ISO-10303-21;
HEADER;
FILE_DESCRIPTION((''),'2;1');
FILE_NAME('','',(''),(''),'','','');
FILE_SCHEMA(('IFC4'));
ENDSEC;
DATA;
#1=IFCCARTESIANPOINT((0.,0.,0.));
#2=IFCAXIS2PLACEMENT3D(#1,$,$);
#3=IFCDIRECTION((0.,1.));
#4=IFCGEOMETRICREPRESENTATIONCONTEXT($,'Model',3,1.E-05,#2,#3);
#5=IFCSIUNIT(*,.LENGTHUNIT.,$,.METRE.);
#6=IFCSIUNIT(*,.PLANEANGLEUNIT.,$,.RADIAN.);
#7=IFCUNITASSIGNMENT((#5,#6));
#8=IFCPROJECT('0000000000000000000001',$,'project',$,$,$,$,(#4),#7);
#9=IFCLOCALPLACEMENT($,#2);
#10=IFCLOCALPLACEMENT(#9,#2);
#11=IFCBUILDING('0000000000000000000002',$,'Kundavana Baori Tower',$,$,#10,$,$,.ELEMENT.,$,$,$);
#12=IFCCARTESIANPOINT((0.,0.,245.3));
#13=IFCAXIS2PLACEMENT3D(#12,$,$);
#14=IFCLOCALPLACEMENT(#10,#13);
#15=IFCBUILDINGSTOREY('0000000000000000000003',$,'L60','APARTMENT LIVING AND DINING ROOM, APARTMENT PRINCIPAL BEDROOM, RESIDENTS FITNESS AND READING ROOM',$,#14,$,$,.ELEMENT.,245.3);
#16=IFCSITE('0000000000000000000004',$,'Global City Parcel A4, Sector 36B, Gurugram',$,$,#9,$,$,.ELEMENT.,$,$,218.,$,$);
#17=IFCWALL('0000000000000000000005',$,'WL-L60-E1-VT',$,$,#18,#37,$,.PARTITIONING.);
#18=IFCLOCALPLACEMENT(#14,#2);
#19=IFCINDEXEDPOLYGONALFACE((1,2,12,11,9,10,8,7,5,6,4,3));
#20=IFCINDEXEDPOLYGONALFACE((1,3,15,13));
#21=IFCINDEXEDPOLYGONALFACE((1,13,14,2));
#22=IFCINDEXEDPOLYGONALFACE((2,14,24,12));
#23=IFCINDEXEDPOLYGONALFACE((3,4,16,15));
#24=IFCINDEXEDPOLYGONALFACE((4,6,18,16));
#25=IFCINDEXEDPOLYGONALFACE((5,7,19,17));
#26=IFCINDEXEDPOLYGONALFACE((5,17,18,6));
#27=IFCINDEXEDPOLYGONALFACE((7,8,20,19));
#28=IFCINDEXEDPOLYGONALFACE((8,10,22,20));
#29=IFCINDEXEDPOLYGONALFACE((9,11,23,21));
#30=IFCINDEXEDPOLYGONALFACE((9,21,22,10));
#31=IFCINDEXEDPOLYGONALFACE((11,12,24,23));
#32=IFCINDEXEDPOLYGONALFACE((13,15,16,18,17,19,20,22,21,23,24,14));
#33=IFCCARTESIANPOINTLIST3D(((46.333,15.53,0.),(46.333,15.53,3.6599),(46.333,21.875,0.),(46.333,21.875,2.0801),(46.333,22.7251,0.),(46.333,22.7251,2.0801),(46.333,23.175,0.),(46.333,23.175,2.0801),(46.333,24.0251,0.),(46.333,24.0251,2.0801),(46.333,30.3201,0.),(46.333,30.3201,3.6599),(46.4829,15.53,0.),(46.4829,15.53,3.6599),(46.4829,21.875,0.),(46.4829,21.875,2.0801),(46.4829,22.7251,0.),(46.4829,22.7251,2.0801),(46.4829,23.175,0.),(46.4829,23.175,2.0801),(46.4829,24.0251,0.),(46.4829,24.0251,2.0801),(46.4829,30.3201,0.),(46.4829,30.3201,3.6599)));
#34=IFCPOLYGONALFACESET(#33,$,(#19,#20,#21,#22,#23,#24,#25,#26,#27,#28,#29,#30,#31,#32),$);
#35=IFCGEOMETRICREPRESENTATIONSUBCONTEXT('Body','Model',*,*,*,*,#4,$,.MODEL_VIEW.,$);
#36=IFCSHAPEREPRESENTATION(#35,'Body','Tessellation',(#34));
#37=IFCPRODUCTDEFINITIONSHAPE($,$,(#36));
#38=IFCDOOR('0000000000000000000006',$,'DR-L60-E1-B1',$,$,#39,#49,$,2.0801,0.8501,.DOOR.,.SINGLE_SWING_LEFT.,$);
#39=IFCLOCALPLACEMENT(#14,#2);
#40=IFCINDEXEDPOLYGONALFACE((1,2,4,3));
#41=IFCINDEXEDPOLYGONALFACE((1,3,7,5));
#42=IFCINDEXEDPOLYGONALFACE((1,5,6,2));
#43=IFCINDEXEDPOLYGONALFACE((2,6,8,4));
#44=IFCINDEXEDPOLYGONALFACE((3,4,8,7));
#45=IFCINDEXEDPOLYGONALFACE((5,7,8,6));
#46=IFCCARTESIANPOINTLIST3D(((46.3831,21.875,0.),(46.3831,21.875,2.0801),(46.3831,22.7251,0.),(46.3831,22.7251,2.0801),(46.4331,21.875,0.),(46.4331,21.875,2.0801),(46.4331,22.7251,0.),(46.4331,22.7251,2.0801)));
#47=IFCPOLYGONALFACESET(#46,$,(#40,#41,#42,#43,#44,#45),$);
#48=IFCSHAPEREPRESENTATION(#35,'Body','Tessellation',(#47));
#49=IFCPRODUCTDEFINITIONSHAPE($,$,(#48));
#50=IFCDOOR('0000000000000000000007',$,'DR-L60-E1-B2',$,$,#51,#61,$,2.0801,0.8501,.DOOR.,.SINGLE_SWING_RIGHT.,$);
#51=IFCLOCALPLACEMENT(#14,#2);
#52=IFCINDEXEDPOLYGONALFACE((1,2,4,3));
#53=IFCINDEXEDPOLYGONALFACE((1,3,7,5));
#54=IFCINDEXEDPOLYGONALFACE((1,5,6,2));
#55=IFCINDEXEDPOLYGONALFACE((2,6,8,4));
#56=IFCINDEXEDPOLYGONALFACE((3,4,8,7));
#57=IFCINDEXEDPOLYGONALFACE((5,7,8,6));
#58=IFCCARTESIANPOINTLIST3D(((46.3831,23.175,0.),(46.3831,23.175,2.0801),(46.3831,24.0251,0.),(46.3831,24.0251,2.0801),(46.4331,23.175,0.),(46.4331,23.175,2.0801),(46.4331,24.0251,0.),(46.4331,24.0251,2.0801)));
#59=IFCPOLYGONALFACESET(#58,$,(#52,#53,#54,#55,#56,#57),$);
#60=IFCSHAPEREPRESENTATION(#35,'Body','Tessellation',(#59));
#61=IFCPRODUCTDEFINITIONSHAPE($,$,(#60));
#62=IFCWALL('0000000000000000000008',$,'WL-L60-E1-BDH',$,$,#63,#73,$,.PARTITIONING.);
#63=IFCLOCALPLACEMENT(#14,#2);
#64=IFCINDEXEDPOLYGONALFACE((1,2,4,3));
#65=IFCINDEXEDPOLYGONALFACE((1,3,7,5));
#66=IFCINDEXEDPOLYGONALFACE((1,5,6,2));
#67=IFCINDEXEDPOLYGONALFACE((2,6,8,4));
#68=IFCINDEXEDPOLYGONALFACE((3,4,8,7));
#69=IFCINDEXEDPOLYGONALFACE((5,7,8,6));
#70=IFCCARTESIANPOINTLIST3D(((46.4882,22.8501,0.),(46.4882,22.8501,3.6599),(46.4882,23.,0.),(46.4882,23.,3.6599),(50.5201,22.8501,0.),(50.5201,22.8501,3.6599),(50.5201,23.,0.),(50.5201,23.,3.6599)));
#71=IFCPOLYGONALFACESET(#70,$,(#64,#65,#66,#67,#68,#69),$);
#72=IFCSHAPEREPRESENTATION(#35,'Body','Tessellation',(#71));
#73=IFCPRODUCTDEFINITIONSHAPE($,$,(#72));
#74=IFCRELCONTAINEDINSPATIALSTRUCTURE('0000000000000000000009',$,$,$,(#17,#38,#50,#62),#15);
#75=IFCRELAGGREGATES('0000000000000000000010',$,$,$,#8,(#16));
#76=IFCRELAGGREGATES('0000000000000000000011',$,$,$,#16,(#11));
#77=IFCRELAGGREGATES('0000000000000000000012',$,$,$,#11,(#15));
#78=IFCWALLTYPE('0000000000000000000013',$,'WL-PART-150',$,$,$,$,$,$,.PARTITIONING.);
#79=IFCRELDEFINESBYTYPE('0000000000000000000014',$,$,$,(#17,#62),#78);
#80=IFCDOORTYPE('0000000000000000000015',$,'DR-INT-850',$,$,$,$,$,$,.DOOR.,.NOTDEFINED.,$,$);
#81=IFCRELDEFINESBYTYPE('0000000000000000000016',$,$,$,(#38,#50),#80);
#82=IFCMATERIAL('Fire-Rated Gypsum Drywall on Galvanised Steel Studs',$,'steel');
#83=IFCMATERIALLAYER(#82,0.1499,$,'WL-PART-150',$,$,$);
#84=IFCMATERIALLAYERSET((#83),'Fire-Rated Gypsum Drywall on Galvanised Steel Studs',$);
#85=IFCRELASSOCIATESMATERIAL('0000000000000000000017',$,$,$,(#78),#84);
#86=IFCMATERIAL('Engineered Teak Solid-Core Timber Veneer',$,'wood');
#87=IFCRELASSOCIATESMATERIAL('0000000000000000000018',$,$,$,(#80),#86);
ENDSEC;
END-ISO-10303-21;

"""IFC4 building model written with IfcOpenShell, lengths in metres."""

from ifc_helpers import new_model, si_unit, direction, frame, frame_2d, origin, place, context, subcontext, project, spatial, rectangle, extrude, material, layer, layer_set, type_object, element, fill, save


model = new_model("IFC4")

# Units and contexts
model_context = context("Model", 3, precision=1e-05, world=origin(), true_north=direction((0.0, 1.0)))
body_context = subcontext(model_context, "Body", "Model", "MODEL_VIEW")
ifc_project = project(units=[si_unit("LENGTHUNIT", "METRE"), si_unit("PLANEANGLEUNIT", "RADIAN")], contexts=[model_context])

# Site, building, storey
site_placement = place(None, origin())
site = spatial("IfcSite", under=ifc_project, at=site_placement, Name="Global City Parcel A4, Sector 36B, Gurugram", CompositionType="ELEMENT", RefElevation=218.0)
building_placement = place(site_placement, origin())
building = spatial("IfcBuilding", under=site, at=building_placement, Name="Kundavana Baori Tower", CompositionType="ELEMENT")
storey_placement = place(building_placement, frame((0.0, 0.0, 245.3)))
storey = spatial("IfcBuildingStorey", under=building, at=storey_placement, Name="L60", Description="APARTMENT LIVING AND DINING ROOM, APARTMENT PRINCIPAL BEDROOM, RESIDENTS FITNESS AND READING ROOM", CompositionType="ELEMENT", Elevation=245.3)

# Wall, openings, doors
ifc_material_1 = material(Name="Fire-Rated Gypsum Drywall on Galvanised Steel Studs", Category="steel")
ifc_layer_1 = layer(ifc_material_1, 0.1499, Name="WL-PART-150")
ifc_layer_set_1 = layer_set([ifc_layer_1], Name="Fire-Rated Gypsum Drywall on Galvanised Steel Studs")
wall_type_1 = type_object("IfcWallType", Name="WL-PART-150", PredefinedType="PARTITIONING", material=ifc_layer_set_1)
wall_1_placement = place(storey_placement, frame((46.408, 15.53, 0.0), z_axis=(0.0, 0.0, 1.0), x_axis=(0.0, 1.0, 0.0)))
wall_1 = element("IfcWall", 1, at=wall_1_placement, inside=storey, type_object=wall_type_1, Name="WL-L60-E1-VT", PredefinedType="PARTITIONING", context=body_context, shape_type="SweptSolid", body=[
    extrude(rectangle(XDim=14.79, YDim=0.1499, at=frame_2d((7.395, 0.0))), origin(), (0.0, 0.0, 1.0), 3.6599),
])
opening_1_placement = place(wall_1_placement, frame((6.345, 0.0, 0.0)))
opening_1 = element("IfcOpeningElement", 2, at=opening_1_placement, cuts=wall_1, PredefinedType="OPENING", context=body_context, shape_type="SweptSolid", body=[
    extrude(rectangle(XDim=0.8501, YDim=2.0801, at=frame_2d((0.425, 1.04))), frame((0.0, 0.085, 0.0), z_axis=(0.0, -1.0, 0.0), x_axis=(1.0, 0.0, 0.0)), (0.0, 0.0, 1.0), 0.1699),
])
opening_2_placement = place(wall_1_placement, frame((7.645, 0.0, 0.0)))
opening_2 = element("IfcOpeningElement", 3, at=opening_2_placement, cuts=wall_1, PredefinedType="OPENING", context=body_context, shape_type="SweptSolid", body=[
    extrude(rectangle(XDim=0.8501, YDim=2.0801, at=frame_2d((0.425, 1.04))), frame((0.0, 0.085, 0.0), z_axis=(0.0, -1.0, 0.0), x_axis=(1.0, 0.0, 0.0)), (0.0, 0.0, 1.0), 0.1699),
])
ifc_material_2 = material(Name="Engineered Teak Solid-Core Timber Veneer", Category="wood")
door_type_1 = type_object("IfcDoorType", Name="DR-INT-850", OperationType="NOTDEFINED", PredefinedType="DOOR", material=ifc_material_2)
door_1_placement = place(opening_1_placement, origin())
door_1 = element("IfcDoor", 4, at=door_1_placement, inside=storey, type_object=door_type_1, Name="DR-L60-E1-B1", OperationType="SINGLE_SWING_LEFT", OverallHeight=2.0801, OverallWidth=0.8501, PredefinedType="DOOR", context=body_context, shape_type="SweptSolid", body=[
    extrude(rectangle(XDim=0.8501, YDim=2.0801, at=frame_2d((0.425, 1.04))), frame((0.0, 0.0249, 0.0), z_axis=(0.0, -1.0, 0.0), x_axis=(1.0, 0.0, 0.0)), (0.0, 0.0, 1.0), 0.05),
])
fill(opening_1, door_1)
door_2_placement = place(opening_2_placement, origin())
door_2 = element("IfcDoor", 5, at=door_2_placement, inside=storey, type_object=door_type_1, Name="DR-L60-E1-B2", OperationType="SINGLE_SWING_RIGHT", OverallHeight=2.0801, OverallWidth=0.8501, PredefinedType="DOOR", context=body_context, shape_type="SweptSolid", body=[
    extrude(rectangle(XDim=0.8501, YDim=2.0801, at=frame_2d((0.425, 1.04))), frame((0.0, 0.0249, 0.0), z_axis=(0.0, -1.0, 0.0), x_axis=(1.0, 0.0, 0.0)), (0.0, 0.0, 1.0), 0.05),
])
fill(opening_2, door_2)

# Wall
wall_2_placement = place(storey_placement, frame((46.488, 22.925, 0.0), z_axis=(0.0, 0.0, 1.0), x_axis=(1.0, 0.0, 0.0)))
element("IfcWall", 6, at=wall_2_placement, inside=storey, type_object=wall_type_1, Name="WL-L60-E1-BDH", PredefinedType="PARTITIONING", context=body_context, shape_type="SweptSolid", body=[
    extrude(rectangle(XDim=4.032, YDim=0.1499, at=frame_2d((2.0161, 0.0))), origin(), (0.0, 0.0, 1.0), 3.6599),
])

save(model, "model.ifc")
